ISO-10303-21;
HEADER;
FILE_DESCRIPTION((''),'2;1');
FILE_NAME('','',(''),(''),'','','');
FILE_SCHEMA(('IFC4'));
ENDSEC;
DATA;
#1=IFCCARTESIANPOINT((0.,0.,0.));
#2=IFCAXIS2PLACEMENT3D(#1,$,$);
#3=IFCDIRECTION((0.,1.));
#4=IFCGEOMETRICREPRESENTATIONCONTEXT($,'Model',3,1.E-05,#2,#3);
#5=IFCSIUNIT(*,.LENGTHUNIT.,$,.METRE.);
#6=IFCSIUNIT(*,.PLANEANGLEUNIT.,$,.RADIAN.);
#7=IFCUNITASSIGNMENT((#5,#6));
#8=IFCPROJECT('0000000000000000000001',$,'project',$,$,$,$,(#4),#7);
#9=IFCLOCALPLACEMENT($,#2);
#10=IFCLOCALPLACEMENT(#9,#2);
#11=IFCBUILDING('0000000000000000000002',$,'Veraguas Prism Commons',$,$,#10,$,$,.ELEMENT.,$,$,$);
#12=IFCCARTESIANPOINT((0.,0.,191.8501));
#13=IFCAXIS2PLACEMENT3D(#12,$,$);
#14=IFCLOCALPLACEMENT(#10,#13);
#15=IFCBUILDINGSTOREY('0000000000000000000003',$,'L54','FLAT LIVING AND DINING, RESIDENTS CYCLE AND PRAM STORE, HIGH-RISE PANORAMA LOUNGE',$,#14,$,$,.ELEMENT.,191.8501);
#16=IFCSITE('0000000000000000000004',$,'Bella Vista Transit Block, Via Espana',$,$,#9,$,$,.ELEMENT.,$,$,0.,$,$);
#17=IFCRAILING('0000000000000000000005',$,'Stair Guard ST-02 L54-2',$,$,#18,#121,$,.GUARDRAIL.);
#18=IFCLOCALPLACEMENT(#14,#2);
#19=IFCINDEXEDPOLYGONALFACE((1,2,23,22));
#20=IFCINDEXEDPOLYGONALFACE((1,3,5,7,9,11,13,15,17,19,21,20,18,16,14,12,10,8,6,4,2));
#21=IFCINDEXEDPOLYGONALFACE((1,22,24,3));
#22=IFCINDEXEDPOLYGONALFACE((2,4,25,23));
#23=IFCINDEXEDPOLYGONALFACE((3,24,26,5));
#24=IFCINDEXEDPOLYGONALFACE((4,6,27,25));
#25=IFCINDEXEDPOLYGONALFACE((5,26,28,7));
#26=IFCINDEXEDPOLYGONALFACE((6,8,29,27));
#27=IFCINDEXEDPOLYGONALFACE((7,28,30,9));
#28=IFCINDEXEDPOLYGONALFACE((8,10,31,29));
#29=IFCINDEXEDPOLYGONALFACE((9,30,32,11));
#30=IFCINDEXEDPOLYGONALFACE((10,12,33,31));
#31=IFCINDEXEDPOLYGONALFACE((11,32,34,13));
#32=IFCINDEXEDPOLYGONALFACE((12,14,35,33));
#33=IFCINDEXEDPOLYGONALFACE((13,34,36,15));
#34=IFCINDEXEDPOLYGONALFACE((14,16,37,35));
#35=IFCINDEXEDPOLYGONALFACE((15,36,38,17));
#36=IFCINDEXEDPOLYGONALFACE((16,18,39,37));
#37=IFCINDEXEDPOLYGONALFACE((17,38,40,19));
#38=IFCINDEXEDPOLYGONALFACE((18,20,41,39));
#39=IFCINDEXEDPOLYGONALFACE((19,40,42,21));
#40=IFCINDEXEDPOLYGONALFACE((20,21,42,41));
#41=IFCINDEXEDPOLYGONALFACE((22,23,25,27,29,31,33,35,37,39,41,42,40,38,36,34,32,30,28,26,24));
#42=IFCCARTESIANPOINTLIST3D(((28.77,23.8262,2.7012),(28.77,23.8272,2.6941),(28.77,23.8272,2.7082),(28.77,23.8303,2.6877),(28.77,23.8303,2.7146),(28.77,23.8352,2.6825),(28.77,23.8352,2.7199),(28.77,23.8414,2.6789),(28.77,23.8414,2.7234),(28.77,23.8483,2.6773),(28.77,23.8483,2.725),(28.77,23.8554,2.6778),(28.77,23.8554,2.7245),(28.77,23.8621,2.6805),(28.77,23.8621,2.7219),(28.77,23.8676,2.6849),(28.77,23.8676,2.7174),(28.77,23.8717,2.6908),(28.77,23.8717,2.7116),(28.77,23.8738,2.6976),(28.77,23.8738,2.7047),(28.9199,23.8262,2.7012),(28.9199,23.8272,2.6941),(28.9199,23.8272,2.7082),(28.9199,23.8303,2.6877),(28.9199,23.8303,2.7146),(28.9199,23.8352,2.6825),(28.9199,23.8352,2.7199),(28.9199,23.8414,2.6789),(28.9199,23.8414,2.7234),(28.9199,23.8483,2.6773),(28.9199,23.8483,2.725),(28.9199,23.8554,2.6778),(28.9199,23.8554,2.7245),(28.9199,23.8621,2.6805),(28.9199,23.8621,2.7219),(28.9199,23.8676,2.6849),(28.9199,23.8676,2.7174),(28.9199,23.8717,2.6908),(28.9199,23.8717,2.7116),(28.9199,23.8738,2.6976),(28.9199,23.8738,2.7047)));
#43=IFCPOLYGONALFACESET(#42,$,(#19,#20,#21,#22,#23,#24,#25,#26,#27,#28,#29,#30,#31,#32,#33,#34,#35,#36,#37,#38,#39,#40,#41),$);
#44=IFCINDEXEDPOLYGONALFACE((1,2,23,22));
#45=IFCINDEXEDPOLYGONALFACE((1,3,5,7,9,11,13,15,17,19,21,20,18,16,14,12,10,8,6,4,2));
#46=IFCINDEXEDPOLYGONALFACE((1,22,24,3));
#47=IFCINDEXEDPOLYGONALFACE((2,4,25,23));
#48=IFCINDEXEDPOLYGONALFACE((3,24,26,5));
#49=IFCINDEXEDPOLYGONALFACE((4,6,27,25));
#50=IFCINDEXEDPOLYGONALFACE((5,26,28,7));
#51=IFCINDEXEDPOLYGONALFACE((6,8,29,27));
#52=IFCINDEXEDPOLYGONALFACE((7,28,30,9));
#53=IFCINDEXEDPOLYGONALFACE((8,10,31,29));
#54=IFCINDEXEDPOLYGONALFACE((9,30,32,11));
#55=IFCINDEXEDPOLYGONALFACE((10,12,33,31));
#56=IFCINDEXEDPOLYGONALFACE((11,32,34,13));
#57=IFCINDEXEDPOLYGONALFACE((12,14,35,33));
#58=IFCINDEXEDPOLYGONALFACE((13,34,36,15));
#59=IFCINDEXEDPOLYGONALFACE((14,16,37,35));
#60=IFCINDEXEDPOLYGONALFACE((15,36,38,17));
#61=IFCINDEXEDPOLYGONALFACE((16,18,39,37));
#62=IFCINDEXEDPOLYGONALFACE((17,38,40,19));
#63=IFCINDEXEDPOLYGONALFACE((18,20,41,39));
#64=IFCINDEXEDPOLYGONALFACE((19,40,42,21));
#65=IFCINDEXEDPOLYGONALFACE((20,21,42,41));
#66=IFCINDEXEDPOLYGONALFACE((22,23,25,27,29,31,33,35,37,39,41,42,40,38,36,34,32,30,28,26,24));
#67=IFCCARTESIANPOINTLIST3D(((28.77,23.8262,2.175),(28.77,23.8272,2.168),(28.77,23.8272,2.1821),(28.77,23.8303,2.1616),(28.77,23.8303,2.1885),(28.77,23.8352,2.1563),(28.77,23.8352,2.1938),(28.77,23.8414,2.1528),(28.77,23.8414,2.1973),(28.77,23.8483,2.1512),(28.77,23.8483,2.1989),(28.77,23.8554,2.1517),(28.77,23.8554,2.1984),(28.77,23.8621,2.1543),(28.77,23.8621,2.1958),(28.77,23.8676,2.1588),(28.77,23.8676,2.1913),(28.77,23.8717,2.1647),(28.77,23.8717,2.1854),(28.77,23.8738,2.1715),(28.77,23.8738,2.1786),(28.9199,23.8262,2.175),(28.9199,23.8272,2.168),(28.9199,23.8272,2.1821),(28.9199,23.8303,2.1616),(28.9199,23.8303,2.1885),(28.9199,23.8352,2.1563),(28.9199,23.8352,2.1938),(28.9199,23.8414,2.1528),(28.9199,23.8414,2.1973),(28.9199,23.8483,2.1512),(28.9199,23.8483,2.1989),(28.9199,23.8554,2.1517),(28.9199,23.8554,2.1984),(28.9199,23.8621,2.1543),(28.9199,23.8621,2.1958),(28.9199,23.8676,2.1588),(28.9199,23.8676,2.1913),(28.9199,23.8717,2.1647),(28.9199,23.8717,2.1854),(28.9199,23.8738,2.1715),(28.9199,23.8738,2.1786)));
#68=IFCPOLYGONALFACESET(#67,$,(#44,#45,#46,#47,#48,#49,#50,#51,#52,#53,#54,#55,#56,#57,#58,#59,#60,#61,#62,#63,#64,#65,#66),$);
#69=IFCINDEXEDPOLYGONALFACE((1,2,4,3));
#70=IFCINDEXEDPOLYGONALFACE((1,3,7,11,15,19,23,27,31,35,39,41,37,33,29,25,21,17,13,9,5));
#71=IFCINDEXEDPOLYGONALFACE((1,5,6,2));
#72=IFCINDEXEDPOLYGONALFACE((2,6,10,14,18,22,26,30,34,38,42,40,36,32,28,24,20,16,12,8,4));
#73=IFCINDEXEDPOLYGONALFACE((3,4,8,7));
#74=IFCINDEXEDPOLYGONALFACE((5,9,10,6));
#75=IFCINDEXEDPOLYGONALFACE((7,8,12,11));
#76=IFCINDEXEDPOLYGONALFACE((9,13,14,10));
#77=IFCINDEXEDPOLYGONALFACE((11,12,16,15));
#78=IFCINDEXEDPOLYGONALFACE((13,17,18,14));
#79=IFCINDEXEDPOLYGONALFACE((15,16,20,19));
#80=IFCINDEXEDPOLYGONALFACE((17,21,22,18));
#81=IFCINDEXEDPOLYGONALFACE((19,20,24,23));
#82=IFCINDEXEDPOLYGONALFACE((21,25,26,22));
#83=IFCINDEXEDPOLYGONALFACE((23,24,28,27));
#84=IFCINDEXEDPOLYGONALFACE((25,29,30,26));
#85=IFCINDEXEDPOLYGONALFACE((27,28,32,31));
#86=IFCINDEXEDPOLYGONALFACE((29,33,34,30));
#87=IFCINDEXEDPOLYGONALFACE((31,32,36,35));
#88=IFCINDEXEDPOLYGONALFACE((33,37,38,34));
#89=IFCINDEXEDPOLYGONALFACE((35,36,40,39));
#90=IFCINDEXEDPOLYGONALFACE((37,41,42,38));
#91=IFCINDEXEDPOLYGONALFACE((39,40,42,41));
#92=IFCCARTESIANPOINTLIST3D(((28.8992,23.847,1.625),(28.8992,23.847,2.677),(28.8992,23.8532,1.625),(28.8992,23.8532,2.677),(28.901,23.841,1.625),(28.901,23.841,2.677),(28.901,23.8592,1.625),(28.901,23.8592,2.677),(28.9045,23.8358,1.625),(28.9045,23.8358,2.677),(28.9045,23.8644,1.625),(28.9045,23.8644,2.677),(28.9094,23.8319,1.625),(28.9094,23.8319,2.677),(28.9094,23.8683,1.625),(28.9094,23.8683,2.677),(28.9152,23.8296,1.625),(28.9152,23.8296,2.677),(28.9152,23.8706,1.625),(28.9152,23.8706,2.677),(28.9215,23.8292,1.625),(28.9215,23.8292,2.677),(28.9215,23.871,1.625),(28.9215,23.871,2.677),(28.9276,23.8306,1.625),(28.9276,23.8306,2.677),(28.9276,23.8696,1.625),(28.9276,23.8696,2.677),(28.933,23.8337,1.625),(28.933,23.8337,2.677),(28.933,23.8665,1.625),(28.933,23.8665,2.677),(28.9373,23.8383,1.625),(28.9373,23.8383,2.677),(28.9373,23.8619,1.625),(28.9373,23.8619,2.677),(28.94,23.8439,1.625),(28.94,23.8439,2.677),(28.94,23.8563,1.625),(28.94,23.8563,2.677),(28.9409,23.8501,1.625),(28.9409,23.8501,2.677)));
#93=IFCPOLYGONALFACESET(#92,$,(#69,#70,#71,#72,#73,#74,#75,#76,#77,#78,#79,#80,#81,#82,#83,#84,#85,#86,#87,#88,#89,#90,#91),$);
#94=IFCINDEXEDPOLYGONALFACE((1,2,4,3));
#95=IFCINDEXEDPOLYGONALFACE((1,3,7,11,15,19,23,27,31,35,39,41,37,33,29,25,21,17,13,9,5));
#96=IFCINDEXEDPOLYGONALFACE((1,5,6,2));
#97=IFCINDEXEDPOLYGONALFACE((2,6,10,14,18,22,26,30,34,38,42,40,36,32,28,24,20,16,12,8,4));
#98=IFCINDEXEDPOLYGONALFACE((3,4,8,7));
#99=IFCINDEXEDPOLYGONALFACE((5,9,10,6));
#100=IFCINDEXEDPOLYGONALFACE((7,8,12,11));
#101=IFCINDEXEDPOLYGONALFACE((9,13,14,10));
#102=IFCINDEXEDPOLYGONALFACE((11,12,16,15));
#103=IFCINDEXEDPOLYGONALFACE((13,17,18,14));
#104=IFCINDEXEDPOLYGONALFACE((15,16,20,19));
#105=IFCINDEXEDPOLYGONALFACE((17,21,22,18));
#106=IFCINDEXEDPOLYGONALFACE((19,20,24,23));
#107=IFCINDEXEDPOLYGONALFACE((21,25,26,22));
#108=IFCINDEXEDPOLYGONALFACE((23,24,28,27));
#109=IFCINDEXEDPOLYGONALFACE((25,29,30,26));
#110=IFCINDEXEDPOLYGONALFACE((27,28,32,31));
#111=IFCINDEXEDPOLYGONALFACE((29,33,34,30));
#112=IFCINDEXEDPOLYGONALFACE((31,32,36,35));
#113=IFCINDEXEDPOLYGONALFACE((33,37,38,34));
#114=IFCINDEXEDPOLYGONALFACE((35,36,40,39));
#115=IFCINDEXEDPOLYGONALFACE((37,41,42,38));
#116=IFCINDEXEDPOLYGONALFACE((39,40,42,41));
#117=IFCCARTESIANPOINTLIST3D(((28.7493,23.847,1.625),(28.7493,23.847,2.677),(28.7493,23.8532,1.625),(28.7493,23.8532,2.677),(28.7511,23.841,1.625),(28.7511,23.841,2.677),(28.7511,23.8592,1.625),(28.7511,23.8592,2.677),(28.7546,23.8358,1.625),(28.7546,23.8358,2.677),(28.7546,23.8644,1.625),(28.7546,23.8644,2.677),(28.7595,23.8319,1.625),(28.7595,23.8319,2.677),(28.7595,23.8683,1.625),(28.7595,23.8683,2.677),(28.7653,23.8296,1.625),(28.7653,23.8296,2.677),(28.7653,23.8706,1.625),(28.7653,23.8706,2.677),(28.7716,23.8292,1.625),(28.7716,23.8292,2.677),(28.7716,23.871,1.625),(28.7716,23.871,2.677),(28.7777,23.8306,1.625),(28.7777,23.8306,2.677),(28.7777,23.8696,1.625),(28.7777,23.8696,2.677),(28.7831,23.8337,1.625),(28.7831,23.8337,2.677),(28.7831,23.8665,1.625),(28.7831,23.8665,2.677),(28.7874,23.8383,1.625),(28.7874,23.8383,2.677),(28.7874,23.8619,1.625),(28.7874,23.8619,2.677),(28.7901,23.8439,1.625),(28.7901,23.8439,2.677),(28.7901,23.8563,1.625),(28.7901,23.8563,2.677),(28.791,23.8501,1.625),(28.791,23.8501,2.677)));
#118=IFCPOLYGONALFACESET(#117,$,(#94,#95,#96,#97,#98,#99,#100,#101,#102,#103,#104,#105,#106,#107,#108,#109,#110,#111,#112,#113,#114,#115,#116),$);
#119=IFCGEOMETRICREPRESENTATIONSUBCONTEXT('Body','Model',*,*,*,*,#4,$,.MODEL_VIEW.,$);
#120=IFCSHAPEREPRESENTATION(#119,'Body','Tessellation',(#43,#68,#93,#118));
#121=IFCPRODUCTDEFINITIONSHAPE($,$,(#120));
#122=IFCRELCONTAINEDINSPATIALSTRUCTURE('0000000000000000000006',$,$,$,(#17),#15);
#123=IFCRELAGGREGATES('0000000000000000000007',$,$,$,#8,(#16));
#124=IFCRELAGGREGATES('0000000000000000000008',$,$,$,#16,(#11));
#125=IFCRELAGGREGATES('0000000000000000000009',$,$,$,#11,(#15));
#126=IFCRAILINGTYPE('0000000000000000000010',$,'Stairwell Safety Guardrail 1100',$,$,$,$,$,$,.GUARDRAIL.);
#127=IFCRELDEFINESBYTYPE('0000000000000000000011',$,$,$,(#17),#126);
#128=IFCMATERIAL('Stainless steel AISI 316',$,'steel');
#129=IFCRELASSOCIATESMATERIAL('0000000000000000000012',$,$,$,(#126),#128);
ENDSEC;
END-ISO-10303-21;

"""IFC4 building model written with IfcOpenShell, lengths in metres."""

from ifc_helpers import new_model, si_unit, direction, frame, origin, origin_2d, place, context, subcontext, project, spatial, circle, extrude, material, type_object, element, save


model = new_model("IFC4")

# Units and contexts
model_context = context("Model", 3, precision=1e-05, world=origin(), true_north=direction((0.0, 1.0)))
body_context = subcontext(model_context, "Body", "Model", "MODEL_VIEW")
ifc_project = project(units=[si_unit("LENGTHUNIT", "METRE"), si_unit("PLANEANGLEUNIT", "RADIAN")], contexts=[model_context])

# Site, building, storey
site_placement = place(None, origin())
site = spatial("IfcSite", under=ifc_project, at=site_placement, Name="Bella Vista Transit Block, Via Espana", CompositionType="ELEMENT", RefElevation=0.0)
building_placement = place(site_placement, origin())
building = spatial("IfcBuilding", under=site, at=building_placement, Name="Veraguas Prism Commons", CompositionType="ELEMENT")
storey_placement = place(building_placement, frame((0.0, 0.0, 191.8501)))
storey = spatial("IfcBuildingStorey", under=building, at=storey_placement, Name="L54", Description="FLAT LIVING AND DINING, RESIDENTS CYCLE AND PRAM STORE, HIGH-RISE PANORAMA LOUNGE", CompositionType="ELEMENT", Elevation=191.8501)

# Railing
ifc_material_1 = material(Name="Stainless steel AISI 316", Category="steel")
railing_type_1 = type_object("IfcRailingType", Name="Stairwell Safety Guardrail 1100", PredefinedType="GUARDRAIL", material=ifc_material_1)
railing_1_placement = place(storey_placement, frame((28.9199, 23.8501, 1.625)))
element("IfcRailing", 1, at=railing_1_placement, inside=storey, type_object=railing_type_1, Name="Stair Guard ST-02 L54-2", PredefinedType="GUARDRAIL", context=body_context, shape_type="SweptSolid", body=[
    extrude(circle(Radius=0.0239, at=origin_2d()), frame((0.0, 0.0, 1.0762), z_axis=(-1.0, 0.0, 0.0), x_axis=(0.0, -1.0, 0.0)), (0.0, 0.0, 1.0), 0.1499),
    extrude(circle(Radius=0.0239, at=origin_2d()), frame((0.0, 0.0, 0.55), z_axis=(-1.0, 0.0, 0.0), x_axis=(0.0, -1.0, 0.0)), (0.0, 0.0, 1.0), 0.1499),
    extrude(circle(Radius=0.021, at=origin_2d()), origin(), (0.0, 0.0, 1.0), 1.052),
    extrude(circle(Radius=0.021, at=origin_2d()), frame((-0.1499, 0.0, 0.0)), (0.0, 0.0, 1.0), 1.052),
])

save(model, "model.ifc")
